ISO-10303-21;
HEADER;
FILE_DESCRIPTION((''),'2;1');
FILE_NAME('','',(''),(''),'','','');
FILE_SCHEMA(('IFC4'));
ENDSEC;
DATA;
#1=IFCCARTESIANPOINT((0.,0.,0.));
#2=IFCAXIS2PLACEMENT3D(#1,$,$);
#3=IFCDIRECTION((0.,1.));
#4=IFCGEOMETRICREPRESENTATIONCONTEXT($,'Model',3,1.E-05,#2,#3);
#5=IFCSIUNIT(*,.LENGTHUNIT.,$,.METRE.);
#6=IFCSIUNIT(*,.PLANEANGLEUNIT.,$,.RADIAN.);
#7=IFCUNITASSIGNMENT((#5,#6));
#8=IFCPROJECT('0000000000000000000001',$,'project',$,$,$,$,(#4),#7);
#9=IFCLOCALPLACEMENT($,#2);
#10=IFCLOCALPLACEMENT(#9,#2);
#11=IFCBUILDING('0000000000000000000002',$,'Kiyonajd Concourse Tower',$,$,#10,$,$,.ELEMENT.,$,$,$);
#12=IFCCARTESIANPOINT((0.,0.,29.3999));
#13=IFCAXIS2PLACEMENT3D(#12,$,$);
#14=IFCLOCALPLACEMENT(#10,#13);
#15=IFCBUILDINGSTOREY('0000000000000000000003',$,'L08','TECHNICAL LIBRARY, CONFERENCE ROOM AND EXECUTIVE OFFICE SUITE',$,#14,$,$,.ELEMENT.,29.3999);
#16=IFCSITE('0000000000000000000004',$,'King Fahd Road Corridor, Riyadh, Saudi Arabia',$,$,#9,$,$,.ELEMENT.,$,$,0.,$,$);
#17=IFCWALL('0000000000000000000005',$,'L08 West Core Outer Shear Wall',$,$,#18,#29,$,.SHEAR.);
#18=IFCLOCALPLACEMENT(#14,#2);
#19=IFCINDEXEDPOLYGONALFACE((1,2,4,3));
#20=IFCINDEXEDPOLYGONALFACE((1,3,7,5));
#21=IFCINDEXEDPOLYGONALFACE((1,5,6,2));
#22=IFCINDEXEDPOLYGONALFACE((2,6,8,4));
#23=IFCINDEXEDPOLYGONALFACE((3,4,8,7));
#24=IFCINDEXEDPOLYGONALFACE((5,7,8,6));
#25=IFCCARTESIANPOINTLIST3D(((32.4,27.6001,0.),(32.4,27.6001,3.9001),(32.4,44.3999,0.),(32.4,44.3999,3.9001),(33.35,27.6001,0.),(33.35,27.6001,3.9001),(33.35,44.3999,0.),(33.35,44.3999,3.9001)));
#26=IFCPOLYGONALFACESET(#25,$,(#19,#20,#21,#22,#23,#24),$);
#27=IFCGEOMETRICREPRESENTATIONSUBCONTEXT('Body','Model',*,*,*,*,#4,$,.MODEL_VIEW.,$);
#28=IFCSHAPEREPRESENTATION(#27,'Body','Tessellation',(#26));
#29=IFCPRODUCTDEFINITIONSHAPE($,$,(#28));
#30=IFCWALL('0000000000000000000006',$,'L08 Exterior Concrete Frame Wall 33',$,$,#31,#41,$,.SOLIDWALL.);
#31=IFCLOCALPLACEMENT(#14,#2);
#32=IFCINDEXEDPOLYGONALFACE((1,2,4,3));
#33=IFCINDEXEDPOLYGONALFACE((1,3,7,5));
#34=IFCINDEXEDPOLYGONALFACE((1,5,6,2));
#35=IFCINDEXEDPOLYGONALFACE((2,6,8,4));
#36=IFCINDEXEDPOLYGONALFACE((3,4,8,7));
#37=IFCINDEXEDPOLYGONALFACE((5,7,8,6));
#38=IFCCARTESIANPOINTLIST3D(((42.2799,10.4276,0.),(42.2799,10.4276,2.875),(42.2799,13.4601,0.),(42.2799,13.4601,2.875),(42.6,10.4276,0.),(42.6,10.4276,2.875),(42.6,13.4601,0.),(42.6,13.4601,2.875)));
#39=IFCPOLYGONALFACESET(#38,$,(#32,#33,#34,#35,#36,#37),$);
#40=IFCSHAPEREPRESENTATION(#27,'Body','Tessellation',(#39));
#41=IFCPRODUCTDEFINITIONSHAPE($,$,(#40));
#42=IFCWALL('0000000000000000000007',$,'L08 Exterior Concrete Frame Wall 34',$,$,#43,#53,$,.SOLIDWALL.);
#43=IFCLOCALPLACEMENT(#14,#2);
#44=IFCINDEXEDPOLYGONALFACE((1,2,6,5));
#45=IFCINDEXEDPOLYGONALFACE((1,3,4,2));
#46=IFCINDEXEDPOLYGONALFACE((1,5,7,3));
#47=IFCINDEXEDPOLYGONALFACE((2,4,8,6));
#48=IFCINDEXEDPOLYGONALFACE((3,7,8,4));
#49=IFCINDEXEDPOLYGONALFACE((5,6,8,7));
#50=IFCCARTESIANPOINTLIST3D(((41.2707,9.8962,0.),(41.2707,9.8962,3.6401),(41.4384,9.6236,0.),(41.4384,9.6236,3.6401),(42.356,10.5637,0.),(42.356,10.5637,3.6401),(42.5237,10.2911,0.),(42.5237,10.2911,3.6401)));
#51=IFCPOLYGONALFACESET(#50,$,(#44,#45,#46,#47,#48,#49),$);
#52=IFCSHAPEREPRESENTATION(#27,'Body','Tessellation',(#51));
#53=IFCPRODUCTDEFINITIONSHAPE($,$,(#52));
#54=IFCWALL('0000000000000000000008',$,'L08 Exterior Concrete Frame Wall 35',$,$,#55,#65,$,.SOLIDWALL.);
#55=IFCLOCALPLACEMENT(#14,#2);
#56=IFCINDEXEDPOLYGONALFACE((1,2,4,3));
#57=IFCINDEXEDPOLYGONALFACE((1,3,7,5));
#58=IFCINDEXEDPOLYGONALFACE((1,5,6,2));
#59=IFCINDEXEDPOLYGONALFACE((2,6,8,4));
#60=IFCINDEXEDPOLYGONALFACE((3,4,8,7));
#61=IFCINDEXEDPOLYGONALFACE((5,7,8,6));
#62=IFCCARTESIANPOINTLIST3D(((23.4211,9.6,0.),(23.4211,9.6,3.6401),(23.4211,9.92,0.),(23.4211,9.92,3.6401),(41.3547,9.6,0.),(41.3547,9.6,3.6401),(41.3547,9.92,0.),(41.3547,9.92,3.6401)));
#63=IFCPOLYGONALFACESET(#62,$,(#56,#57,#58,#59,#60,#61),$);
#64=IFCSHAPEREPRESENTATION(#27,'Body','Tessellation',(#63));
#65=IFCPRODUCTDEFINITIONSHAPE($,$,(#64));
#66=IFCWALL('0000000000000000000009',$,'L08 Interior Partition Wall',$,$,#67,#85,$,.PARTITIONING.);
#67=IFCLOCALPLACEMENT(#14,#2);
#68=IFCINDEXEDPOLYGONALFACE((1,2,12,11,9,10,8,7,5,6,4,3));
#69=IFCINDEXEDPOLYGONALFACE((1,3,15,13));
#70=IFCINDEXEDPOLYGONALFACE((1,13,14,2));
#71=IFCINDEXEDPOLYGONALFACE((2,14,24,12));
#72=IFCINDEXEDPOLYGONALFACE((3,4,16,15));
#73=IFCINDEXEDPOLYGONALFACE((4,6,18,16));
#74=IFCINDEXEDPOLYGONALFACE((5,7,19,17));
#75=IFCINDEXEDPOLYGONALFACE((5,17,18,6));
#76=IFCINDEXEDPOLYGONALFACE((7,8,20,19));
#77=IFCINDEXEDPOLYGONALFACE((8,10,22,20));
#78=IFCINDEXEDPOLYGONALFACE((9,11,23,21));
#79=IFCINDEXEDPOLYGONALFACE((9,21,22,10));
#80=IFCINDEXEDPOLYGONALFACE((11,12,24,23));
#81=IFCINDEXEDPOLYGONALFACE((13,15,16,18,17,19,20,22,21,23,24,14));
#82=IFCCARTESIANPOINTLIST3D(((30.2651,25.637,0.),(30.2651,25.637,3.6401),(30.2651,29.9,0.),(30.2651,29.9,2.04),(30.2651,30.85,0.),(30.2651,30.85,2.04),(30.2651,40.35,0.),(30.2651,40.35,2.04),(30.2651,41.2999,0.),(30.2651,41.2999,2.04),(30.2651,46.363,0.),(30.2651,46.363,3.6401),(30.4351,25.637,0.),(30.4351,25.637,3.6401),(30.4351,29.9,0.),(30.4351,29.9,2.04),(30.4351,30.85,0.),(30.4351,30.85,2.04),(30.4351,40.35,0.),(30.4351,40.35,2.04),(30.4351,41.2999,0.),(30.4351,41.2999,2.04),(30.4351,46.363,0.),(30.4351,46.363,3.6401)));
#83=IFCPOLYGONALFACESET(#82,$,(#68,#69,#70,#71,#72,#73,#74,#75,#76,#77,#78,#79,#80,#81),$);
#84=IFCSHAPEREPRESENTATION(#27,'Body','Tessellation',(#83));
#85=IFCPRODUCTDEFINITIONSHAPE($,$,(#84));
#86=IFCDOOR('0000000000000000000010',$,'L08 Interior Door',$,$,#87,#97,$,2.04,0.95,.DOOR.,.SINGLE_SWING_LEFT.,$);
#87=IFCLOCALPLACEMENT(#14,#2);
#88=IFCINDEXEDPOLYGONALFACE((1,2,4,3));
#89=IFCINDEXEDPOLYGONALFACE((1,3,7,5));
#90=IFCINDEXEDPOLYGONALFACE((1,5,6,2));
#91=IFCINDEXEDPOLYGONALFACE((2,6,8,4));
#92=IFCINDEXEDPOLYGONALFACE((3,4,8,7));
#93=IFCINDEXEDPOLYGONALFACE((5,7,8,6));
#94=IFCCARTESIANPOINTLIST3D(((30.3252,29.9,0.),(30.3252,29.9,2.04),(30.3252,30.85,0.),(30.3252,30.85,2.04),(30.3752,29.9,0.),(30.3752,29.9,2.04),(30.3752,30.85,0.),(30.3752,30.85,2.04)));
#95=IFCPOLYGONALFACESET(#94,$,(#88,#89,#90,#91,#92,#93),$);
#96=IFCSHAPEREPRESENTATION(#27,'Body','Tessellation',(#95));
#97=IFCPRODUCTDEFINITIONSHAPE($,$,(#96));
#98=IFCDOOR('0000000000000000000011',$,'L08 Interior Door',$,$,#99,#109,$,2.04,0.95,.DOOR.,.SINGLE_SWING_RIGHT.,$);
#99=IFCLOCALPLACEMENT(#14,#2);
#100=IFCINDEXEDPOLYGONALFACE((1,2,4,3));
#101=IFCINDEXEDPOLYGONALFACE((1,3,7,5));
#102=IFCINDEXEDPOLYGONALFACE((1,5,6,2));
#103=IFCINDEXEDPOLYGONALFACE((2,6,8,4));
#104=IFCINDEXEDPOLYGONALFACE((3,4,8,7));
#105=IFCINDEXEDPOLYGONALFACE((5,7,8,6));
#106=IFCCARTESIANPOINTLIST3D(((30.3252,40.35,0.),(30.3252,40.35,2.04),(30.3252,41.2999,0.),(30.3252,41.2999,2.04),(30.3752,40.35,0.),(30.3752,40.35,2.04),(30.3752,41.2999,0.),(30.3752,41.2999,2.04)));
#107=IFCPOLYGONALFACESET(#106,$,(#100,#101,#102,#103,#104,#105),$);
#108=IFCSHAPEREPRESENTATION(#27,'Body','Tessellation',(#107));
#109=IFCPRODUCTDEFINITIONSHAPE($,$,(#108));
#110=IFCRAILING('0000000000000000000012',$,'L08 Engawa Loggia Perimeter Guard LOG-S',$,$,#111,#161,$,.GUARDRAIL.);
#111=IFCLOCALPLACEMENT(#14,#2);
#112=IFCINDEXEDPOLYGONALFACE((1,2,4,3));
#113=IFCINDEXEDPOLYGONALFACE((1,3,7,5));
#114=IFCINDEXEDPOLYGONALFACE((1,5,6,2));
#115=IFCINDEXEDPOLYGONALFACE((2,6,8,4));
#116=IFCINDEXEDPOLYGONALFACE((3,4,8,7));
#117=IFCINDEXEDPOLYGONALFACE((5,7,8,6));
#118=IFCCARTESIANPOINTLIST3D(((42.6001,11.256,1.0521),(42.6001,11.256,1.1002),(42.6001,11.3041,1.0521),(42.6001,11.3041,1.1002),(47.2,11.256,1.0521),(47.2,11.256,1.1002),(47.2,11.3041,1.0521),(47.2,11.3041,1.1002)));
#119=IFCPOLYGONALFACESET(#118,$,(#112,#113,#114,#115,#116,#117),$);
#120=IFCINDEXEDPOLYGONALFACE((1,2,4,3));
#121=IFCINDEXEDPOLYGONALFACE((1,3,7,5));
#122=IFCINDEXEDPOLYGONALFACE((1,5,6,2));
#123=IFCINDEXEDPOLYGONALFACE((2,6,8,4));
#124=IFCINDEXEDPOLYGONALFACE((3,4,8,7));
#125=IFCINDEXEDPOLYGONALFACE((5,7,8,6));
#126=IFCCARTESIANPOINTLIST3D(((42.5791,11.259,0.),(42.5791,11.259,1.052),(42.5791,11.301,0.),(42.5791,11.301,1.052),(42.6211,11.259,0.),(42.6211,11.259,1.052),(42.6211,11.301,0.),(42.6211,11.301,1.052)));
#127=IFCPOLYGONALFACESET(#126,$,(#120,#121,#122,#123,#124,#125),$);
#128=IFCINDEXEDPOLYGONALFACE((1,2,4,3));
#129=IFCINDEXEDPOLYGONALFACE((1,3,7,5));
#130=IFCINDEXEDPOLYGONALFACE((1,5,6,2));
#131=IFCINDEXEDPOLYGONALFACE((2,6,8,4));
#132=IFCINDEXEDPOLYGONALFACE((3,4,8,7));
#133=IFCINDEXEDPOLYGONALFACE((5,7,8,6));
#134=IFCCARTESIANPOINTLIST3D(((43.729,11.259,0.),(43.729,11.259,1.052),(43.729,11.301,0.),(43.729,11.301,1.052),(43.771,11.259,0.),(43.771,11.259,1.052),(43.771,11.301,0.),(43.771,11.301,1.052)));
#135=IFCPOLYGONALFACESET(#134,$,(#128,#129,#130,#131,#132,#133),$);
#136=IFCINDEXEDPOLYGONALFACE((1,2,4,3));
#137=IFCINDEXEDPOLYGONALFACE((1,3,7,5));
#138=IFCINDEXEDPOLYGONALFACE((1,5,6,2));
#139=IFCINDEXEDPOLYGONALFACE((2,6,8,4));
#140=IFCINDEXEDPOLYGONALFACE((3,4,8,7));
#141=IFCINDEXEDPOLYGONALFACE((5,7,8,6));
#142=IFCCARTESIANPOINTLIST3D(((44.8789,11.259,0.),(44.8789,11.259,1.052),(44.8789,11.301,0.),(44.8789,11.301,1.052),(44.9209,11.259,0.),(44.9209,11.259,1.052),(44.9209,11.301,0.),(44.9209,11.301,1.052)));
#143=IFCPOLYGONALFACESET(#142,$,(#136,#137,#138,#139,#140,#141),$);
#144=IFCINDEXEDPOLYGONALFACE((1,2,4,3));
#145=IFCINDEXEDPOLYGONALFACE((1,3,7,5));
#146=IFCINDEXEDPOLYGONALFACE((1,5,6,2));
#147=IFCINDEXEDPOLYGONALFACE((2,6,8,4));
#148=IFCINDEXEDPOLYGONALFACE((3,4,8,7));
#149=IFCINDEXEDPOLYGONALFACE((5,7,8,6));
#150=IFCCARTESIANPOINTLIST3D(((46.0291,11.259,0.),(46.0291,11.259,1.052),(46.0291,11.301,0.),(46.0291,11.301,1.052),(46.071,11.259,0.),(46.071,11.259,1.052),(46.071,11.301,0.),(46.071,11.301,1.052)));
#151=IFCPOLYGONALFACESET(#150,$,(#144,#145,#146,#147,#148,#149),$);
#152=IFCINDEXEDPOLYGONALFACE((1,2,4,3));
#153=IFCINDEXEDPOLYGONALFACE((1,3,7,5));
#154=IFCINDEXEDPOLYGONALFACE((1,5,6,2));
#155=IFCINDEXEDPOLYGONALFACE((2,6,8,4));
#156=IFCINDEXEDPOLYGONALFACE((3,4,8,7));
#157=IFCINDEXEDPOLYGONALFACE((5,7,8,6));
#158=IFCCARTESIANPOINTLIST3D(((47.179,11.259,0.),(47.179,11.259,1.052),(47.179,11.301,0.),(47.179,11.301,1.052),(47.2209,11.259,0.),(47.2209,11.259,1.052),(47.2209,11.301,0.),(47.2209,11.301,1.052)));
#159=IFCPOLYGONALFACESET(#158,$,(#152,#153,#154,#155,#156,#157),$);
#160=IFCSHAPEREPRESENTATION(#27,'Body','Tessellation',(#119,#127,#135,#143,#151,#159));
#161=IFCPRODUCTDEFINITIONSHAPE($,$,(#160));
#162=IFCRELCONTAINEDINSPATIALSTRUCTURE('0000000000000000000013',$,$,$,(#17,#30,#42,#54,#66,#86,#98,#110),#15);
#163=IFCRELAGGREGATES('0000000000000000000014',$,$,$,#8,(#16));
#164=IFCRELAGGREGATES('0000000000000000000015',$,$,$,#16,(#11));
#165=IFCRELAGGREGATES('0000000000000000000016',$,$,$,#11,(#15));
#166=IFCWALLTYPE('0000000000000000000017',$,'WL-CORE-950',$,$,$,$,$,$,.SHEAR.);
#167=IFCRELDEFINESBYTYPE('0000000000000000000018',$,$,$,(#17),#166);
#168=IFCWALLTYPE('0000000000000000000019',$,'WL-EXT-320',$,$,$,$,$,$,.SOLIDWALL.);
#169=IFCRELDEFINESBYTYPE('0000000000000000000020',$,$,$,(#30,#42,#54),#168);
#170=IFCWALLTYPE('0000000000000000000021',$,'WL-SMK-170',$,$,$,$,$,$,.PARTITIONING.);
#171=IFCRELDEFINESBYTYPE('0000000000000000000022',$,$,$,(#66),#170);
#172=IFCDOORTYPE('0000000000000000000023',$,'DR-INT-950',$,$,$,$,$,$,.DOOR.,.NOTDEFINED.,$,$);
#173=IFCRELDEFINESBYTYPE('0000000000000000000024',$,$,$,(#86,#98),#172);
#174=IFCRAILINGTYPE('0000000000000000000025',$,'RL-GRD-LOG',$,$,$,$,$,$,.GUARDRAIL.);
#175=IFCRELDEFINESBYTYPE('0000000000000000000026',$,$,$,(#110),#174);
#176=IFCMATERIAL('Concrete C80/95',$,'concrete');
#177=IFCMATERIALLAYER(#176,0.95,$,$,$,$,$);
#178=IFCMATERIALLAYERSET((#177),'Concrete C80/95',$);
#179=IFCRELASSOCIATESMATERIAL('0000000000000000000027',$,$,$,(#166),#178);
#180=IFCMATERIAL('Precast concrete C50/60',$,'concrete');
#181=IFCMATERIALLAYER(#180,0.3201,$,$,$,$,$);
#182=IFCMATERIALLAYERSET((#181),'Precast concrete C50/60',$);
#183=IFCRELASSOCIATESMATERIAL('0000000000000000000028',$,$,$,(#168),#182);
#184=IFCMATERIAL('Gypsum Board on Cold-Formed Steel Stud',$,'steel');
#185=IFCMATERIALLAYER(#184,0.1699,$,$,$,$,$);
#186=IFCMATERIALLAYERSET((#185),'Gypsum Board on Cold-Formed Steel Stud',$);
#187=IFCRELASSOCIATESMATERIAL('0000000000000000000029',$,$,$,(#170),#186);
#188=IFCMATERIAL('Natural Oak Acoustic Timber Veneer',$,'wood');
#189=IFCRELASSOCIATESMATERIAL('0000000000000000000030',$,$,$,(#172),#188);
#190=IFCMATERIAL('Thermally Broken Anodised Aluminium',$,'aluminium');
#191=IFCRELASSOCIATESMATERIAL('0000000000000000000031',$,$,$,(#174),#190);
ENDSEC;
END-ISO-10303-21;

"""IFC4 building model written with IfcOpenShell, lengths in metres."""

from ifc_helpers import new_model, si_unit, direction, frame, frame_2d, origin, origin_2d, place, context, subcontext, project, spatial, rectangle, extrude, material, layer, layer_set, type_object, element, fill, save


model = new_model("IFC4")

# Units and contexts
model_context = context("Model", 3, precision=1e-05, world=origin(), true_north=direction((0.0, 1.0)))
body_context = subcontext(model_context, "Body", "Model", "MODEL_VIEW")
ifc_project = project(units=[si_unit("LENGTHUNIT", "METRE"), si_unit("PLANEANGLEUNIT", "RADIAN")], contexts=[model_context])

# Site, building, storey
site_placement = place(None, origin())
site = spatial("IfcSite", under=ifc_project, at=site_placement, Name="King Fahd Road Corridor, Riyadh, Saudi Arabia", CompositionType="ELEMENT", RefElevation=0.0)
building_placement = place(site_placement, origin())
building = spatial("IfcBuilding", under=site, at=building_placement, Name="Kiyonajd Concourse Tower", CompositionType="ELEMENT")
storey_placement = place(building_placement, frame((0.0, 0.0, 29.3999)))
storey = spatial("IfcBuildingStorey", under=building, at=storey_placement, Name="L08", Description="TECHNICAL LIBRARY, CONFERENCE ROOM AND EXECUTIVE OFFICE SUITE", CompositionType="ELEMENT", Elevation=29.3999)

# Shared definitions
ifc_material_1 = material(Name="Concrete C80/95", Category="concrete")

# Shared definitions
ifc_material_2 = material(Name="Precast concrete C50/60", Category="concrete")

# Shared definitions
ifc_material_3 = material(Name="Thermally Broken Anodised Aluminium", Category="aluminium")

# Walls
ifc_layer_1 = layer(ifc_material_1, 0.95)
ifc_layer_set_1 = layer_set([ifc_layer_1], Name="Concrete C80/95")
wall_type_1 = type_object("IfcWallType", Name="WL-CORE-950", PredefinedType="SHEAR", material=ifc_layer_set_1)
wall_1_placement = place(storey_placement, frame((32.875, 27.6001, 0.0), z_axis=(0.0, 0.0, 1.0), x_axis=(0.0, 1.0, 0.0)))
element("IfcWall", 1, at=wall_1_placement, inside=storey, type_object=wall_type_1, Name="L08 West Core Outer Shear Wall", PredefinedType="SHEAR", context=body_context, shape_type="SweptSolid", body=[
    extrude(rectangle(XDim=16.7998, YDim=0.95, at=frame_2d((8.3999, 0.0))), origin(), (0.0, 0.0, 1.0), 3.9001),
])
ifc_layer_2 = layer(ifc_material_2, 0.3201)
ifc_layer_set_2 = layer_set([ifc_layer_2], Name="Precast concrete C50/60")
wall_type_2 = type_object("IfcWallType", Name="WL-EXT-320", PredefinedType="SOLIDWALL", material=ifc_layer_set_2)
wall_2_placement = place(storey_placement, frame((42.4399, 13.46, 0.0), z_axis=(0.0, 0.0, 1.0), x_axis=(0.0, -1.0, 0.0)))
element("IfcWall", 2, at=wall_2_placement, inside=storey, type_object=wall_type_2, Name="L08 Exterior Concrete Frame Wall 33", PredefinedType="SOLIDWALL", context=body_context, shape_type="SweptSolid", body=[
    extrude(rectangle(XDim=3.0325, YDim=0.3201, at=frame_2d((1.5161, 0.0))), origin(), (0.0, 0.0, 1.0), 2.875),
])
wall_3_placement = place(storey_placement, frame((42.4399, 10.4275, 0.0), z_axis=(0.0, 0.0, 1.0), x_axis=(-0.851777, -0.523905, 0.0)))
element("IfcWall", 3, at=wall_3_placement, inside=storey, type_object=wall_type_2, Name="L08 Exterior Concrete Frame Wall 34", PredefinedType="SOLIDWALL", context=body_context, shape_type="SweptSolid", body=[
    extrude(rectangle(XDim=1.2742, YDim=0.3201, at=frame_2d((0.6372, 0.0))), origin(), (0.0, 0.0, 1.0), 3.6401),
])
wall_4_placement = place(storey_placement, frame((41.3547, 9.76, 0.0), z_axis=(0.0, 0.0, 1.0), x_axis=(-1.0, 0.0, 0.0)))
element("IfcWall", 4, at=wall_4_placement, inside=storey, type_object=wall_type_2, Name="L08 Exterior Concrete Frame Wall 35", PredefinedType="SOLIDWALL", context=body_context, shape_type="SweptSolid", body=[
    extrude(rectangle(XDim=17.9336, YDim=0.3201, at=frame_2d((8.9668, 0.0))), origin(), (0.0, 0.0, 1.0), 3.6401),
])

# Wall, openings, doors
ifc_material_4 = material(Name="Gypsum Board on Cold-Formed Steel Stud", Category="steel")
ifc_layer_3 = layer(ifc_material_4, 0.1699)
ifc_layer_set_3 = layer_set([ifc_layer_3], Name="Gypsum Board on Cold-Formed Steel Stud")
wall_type_3 = type_object("IfcWallType", Name="WL-SMK-170", PredefinedType="PARTITIONING", material=ifc_layer_set_3)
wall_5_placement = place(storey_placement, frame((30.3501, 25.637, 0.0), z_axis=(0.0, 0.0, 1.0), x_axis=(0.0, 1.0, 0.0)))
wall_5 = element("IfcWall", 5, at=wall_5_placement, inside=storey, type_object=wall_type_3, Name="L08 Interior Partition Wall", PredefinedType="PARTITIONING", context=body_context, shape_type="SweptSolid", body=[
    extrude(rectangle(XDim=20.7261, YDim=0.1699, at=frame_2d((10.363, 0.0))), origin(), (0.0, 0.0, 1.0), 3.6401),
])
opening_1_placement = place(wall_5_placement, frame((4.2629, 0.0, 0.0)))
opening_1 = element("IfcOpeningElement", 6, at=opening_1_placement, cuts=wall_5, PredefinedType="OPENING", context=body_context, shape_type="SweptSolid", body=[
    extrude(rectangle(XDim=0.95, YDim=2.04, at=frame_2d((0.4751, 1.02))), frame((0.0, 0.095, 0.0), z_axis=(0.0, -1.0, 0.0), x_axis=(1.0, 0.0, 0.0)), (0.0, 0.0, 1.0), 0.1899),
])
opening_2_placement = place(wall_5_placement, frame((14.7129, 0.0, 0.0)))
opening_2 = element("IfcOpeningElement", 7, at=opening_2_placement, cuts=wall_5, PredefinedType="OPENING", context=body_context, shape_type="SweptSolid", body=[
    extrude(rectangle(XDim=0.95, YDim=2.04, at=frame_2d((0.4751, 1.02))), frame((0.0, 0.095, 0.0), z_axis=(0.0, -1.0, 0.0), x_axis=(1.0, 0.0, 0.0)), (0.0, 0.0, 1.0), 0.1899),
])
ifc_material_5 = material(Name="Natural Oak Acoustic Timber Veneer", Category="wood")
door_type = type_object("IfcDoorType", Name="DR-INT-950", OperationType="NOTDEFINED", PredefinedType="DOOR", material=ifc_material_5)
door_1_placement = place(opening_1_placement, origin())
door_1 = element("IfcDoor", 8, at=door_1_placement, inside=storey, type_object=door_type, Name="L08 Interior Door", OperationType="SINGLE_SWING_LEFT", OverallHeight=2.04, OverallWidth=0.95, PredefinedType="DOOR", context=body_context, shape_type="SweptSolid", body=[
    extrude(rectangle(XDim=0.95, YDim=2.04, at=frame_2d((0.4751, 1.02))), frame((0.0, 0.0249, 0.0), z_axis=(0.0, -1.0, 0.0), x_axis=(1.0, 0.0, 0.0)), (0.0, 0.0, 1.0), 0.05),
])
fill(opening_1, door_1)
door_2_placement = place(opening_2_placement, origin())
door_2 = element("IfcDoor", 9, at=door_2_placement, inside=storey, type_object=door_type, Name="L08 Interior Door", OperationType="SINGLE_SWING_RIGHT", OverallHeight=2.04, OverallWidth=0.95, PredefinedType="DOOR", context=body_context, shape_type="SweptSolid", body=[
    extrude(rectangle(XDim=0.95, YDim=2.04, at=frame_2d((0.4751, 1.02))), frame((0.0, 0.0249, 0.0), z_axis=(0.0, -1.0, 0.0), x_axis=(1.0, 0.0, 0.0)), (0.0, 0.0, 1.0), 0.05),
])
fill(opening_2, door_2)

# Railing
railing_type = type_object("IfcRailingType", Name="RL-GRD-LOG", PredefinedType="GUARDRAIL", material=ifc_material_3)
railing_placement = place(storey_placement, frame((42.6001, 11.28, 0.0)))
element("IfcRailing", 10, at=railing_placement, inside=storey, type_object=railing_type, Name="L08 Engawa Loggia Perimeter Guard LOG-S", PredefinedType="GUARDRAIL", context=body_context, shape_type="SweptSolid", body=[
    extrude(rectangle(XDim=0.0481, YDim=0.0481, at=origin_2d()), frame((0.0, 0.0, 1.0762), z_axis=(1.0, 0.0, 0.0), x_axis=(0.0, 1.0, 0.0)), (0.0, 0.0, 1.0), 4.5999),
    extrude(rectangle(XDim=0.042, YDim=0.042, at=origin_2d()), origin(), (0.0, 0.0, 1.0), 1.052),
    extrude(rectangle(XDim=0.042, YDim=0.042, at=origin_2d()), frame((1.1499, 0.0, 0.0)), (0.0, 0.0, 1.0), 1.052),
    extrude(rectangle(XDim=0.042, YDim=0.042, at=origin_2d()), frame((2.2998, 0.0, 0.0)), (0.0, 0.0, 1.0), 1.052),
    extrude(rectangle(XDim=0.042, YDim=0.042, at=origin_2d()), frame((3.45, 0.0, 0.0)), (0.0, 0.0, 1.0), 1.052),
    extrude(rectangle(XDim=0.042, YDim=0.042, at=origin_2d()), frame((4.5999, 0.0, 0.0)), (0.0, 0.0, 1.0), 1.052),
])

save(model, "model.ifc")
